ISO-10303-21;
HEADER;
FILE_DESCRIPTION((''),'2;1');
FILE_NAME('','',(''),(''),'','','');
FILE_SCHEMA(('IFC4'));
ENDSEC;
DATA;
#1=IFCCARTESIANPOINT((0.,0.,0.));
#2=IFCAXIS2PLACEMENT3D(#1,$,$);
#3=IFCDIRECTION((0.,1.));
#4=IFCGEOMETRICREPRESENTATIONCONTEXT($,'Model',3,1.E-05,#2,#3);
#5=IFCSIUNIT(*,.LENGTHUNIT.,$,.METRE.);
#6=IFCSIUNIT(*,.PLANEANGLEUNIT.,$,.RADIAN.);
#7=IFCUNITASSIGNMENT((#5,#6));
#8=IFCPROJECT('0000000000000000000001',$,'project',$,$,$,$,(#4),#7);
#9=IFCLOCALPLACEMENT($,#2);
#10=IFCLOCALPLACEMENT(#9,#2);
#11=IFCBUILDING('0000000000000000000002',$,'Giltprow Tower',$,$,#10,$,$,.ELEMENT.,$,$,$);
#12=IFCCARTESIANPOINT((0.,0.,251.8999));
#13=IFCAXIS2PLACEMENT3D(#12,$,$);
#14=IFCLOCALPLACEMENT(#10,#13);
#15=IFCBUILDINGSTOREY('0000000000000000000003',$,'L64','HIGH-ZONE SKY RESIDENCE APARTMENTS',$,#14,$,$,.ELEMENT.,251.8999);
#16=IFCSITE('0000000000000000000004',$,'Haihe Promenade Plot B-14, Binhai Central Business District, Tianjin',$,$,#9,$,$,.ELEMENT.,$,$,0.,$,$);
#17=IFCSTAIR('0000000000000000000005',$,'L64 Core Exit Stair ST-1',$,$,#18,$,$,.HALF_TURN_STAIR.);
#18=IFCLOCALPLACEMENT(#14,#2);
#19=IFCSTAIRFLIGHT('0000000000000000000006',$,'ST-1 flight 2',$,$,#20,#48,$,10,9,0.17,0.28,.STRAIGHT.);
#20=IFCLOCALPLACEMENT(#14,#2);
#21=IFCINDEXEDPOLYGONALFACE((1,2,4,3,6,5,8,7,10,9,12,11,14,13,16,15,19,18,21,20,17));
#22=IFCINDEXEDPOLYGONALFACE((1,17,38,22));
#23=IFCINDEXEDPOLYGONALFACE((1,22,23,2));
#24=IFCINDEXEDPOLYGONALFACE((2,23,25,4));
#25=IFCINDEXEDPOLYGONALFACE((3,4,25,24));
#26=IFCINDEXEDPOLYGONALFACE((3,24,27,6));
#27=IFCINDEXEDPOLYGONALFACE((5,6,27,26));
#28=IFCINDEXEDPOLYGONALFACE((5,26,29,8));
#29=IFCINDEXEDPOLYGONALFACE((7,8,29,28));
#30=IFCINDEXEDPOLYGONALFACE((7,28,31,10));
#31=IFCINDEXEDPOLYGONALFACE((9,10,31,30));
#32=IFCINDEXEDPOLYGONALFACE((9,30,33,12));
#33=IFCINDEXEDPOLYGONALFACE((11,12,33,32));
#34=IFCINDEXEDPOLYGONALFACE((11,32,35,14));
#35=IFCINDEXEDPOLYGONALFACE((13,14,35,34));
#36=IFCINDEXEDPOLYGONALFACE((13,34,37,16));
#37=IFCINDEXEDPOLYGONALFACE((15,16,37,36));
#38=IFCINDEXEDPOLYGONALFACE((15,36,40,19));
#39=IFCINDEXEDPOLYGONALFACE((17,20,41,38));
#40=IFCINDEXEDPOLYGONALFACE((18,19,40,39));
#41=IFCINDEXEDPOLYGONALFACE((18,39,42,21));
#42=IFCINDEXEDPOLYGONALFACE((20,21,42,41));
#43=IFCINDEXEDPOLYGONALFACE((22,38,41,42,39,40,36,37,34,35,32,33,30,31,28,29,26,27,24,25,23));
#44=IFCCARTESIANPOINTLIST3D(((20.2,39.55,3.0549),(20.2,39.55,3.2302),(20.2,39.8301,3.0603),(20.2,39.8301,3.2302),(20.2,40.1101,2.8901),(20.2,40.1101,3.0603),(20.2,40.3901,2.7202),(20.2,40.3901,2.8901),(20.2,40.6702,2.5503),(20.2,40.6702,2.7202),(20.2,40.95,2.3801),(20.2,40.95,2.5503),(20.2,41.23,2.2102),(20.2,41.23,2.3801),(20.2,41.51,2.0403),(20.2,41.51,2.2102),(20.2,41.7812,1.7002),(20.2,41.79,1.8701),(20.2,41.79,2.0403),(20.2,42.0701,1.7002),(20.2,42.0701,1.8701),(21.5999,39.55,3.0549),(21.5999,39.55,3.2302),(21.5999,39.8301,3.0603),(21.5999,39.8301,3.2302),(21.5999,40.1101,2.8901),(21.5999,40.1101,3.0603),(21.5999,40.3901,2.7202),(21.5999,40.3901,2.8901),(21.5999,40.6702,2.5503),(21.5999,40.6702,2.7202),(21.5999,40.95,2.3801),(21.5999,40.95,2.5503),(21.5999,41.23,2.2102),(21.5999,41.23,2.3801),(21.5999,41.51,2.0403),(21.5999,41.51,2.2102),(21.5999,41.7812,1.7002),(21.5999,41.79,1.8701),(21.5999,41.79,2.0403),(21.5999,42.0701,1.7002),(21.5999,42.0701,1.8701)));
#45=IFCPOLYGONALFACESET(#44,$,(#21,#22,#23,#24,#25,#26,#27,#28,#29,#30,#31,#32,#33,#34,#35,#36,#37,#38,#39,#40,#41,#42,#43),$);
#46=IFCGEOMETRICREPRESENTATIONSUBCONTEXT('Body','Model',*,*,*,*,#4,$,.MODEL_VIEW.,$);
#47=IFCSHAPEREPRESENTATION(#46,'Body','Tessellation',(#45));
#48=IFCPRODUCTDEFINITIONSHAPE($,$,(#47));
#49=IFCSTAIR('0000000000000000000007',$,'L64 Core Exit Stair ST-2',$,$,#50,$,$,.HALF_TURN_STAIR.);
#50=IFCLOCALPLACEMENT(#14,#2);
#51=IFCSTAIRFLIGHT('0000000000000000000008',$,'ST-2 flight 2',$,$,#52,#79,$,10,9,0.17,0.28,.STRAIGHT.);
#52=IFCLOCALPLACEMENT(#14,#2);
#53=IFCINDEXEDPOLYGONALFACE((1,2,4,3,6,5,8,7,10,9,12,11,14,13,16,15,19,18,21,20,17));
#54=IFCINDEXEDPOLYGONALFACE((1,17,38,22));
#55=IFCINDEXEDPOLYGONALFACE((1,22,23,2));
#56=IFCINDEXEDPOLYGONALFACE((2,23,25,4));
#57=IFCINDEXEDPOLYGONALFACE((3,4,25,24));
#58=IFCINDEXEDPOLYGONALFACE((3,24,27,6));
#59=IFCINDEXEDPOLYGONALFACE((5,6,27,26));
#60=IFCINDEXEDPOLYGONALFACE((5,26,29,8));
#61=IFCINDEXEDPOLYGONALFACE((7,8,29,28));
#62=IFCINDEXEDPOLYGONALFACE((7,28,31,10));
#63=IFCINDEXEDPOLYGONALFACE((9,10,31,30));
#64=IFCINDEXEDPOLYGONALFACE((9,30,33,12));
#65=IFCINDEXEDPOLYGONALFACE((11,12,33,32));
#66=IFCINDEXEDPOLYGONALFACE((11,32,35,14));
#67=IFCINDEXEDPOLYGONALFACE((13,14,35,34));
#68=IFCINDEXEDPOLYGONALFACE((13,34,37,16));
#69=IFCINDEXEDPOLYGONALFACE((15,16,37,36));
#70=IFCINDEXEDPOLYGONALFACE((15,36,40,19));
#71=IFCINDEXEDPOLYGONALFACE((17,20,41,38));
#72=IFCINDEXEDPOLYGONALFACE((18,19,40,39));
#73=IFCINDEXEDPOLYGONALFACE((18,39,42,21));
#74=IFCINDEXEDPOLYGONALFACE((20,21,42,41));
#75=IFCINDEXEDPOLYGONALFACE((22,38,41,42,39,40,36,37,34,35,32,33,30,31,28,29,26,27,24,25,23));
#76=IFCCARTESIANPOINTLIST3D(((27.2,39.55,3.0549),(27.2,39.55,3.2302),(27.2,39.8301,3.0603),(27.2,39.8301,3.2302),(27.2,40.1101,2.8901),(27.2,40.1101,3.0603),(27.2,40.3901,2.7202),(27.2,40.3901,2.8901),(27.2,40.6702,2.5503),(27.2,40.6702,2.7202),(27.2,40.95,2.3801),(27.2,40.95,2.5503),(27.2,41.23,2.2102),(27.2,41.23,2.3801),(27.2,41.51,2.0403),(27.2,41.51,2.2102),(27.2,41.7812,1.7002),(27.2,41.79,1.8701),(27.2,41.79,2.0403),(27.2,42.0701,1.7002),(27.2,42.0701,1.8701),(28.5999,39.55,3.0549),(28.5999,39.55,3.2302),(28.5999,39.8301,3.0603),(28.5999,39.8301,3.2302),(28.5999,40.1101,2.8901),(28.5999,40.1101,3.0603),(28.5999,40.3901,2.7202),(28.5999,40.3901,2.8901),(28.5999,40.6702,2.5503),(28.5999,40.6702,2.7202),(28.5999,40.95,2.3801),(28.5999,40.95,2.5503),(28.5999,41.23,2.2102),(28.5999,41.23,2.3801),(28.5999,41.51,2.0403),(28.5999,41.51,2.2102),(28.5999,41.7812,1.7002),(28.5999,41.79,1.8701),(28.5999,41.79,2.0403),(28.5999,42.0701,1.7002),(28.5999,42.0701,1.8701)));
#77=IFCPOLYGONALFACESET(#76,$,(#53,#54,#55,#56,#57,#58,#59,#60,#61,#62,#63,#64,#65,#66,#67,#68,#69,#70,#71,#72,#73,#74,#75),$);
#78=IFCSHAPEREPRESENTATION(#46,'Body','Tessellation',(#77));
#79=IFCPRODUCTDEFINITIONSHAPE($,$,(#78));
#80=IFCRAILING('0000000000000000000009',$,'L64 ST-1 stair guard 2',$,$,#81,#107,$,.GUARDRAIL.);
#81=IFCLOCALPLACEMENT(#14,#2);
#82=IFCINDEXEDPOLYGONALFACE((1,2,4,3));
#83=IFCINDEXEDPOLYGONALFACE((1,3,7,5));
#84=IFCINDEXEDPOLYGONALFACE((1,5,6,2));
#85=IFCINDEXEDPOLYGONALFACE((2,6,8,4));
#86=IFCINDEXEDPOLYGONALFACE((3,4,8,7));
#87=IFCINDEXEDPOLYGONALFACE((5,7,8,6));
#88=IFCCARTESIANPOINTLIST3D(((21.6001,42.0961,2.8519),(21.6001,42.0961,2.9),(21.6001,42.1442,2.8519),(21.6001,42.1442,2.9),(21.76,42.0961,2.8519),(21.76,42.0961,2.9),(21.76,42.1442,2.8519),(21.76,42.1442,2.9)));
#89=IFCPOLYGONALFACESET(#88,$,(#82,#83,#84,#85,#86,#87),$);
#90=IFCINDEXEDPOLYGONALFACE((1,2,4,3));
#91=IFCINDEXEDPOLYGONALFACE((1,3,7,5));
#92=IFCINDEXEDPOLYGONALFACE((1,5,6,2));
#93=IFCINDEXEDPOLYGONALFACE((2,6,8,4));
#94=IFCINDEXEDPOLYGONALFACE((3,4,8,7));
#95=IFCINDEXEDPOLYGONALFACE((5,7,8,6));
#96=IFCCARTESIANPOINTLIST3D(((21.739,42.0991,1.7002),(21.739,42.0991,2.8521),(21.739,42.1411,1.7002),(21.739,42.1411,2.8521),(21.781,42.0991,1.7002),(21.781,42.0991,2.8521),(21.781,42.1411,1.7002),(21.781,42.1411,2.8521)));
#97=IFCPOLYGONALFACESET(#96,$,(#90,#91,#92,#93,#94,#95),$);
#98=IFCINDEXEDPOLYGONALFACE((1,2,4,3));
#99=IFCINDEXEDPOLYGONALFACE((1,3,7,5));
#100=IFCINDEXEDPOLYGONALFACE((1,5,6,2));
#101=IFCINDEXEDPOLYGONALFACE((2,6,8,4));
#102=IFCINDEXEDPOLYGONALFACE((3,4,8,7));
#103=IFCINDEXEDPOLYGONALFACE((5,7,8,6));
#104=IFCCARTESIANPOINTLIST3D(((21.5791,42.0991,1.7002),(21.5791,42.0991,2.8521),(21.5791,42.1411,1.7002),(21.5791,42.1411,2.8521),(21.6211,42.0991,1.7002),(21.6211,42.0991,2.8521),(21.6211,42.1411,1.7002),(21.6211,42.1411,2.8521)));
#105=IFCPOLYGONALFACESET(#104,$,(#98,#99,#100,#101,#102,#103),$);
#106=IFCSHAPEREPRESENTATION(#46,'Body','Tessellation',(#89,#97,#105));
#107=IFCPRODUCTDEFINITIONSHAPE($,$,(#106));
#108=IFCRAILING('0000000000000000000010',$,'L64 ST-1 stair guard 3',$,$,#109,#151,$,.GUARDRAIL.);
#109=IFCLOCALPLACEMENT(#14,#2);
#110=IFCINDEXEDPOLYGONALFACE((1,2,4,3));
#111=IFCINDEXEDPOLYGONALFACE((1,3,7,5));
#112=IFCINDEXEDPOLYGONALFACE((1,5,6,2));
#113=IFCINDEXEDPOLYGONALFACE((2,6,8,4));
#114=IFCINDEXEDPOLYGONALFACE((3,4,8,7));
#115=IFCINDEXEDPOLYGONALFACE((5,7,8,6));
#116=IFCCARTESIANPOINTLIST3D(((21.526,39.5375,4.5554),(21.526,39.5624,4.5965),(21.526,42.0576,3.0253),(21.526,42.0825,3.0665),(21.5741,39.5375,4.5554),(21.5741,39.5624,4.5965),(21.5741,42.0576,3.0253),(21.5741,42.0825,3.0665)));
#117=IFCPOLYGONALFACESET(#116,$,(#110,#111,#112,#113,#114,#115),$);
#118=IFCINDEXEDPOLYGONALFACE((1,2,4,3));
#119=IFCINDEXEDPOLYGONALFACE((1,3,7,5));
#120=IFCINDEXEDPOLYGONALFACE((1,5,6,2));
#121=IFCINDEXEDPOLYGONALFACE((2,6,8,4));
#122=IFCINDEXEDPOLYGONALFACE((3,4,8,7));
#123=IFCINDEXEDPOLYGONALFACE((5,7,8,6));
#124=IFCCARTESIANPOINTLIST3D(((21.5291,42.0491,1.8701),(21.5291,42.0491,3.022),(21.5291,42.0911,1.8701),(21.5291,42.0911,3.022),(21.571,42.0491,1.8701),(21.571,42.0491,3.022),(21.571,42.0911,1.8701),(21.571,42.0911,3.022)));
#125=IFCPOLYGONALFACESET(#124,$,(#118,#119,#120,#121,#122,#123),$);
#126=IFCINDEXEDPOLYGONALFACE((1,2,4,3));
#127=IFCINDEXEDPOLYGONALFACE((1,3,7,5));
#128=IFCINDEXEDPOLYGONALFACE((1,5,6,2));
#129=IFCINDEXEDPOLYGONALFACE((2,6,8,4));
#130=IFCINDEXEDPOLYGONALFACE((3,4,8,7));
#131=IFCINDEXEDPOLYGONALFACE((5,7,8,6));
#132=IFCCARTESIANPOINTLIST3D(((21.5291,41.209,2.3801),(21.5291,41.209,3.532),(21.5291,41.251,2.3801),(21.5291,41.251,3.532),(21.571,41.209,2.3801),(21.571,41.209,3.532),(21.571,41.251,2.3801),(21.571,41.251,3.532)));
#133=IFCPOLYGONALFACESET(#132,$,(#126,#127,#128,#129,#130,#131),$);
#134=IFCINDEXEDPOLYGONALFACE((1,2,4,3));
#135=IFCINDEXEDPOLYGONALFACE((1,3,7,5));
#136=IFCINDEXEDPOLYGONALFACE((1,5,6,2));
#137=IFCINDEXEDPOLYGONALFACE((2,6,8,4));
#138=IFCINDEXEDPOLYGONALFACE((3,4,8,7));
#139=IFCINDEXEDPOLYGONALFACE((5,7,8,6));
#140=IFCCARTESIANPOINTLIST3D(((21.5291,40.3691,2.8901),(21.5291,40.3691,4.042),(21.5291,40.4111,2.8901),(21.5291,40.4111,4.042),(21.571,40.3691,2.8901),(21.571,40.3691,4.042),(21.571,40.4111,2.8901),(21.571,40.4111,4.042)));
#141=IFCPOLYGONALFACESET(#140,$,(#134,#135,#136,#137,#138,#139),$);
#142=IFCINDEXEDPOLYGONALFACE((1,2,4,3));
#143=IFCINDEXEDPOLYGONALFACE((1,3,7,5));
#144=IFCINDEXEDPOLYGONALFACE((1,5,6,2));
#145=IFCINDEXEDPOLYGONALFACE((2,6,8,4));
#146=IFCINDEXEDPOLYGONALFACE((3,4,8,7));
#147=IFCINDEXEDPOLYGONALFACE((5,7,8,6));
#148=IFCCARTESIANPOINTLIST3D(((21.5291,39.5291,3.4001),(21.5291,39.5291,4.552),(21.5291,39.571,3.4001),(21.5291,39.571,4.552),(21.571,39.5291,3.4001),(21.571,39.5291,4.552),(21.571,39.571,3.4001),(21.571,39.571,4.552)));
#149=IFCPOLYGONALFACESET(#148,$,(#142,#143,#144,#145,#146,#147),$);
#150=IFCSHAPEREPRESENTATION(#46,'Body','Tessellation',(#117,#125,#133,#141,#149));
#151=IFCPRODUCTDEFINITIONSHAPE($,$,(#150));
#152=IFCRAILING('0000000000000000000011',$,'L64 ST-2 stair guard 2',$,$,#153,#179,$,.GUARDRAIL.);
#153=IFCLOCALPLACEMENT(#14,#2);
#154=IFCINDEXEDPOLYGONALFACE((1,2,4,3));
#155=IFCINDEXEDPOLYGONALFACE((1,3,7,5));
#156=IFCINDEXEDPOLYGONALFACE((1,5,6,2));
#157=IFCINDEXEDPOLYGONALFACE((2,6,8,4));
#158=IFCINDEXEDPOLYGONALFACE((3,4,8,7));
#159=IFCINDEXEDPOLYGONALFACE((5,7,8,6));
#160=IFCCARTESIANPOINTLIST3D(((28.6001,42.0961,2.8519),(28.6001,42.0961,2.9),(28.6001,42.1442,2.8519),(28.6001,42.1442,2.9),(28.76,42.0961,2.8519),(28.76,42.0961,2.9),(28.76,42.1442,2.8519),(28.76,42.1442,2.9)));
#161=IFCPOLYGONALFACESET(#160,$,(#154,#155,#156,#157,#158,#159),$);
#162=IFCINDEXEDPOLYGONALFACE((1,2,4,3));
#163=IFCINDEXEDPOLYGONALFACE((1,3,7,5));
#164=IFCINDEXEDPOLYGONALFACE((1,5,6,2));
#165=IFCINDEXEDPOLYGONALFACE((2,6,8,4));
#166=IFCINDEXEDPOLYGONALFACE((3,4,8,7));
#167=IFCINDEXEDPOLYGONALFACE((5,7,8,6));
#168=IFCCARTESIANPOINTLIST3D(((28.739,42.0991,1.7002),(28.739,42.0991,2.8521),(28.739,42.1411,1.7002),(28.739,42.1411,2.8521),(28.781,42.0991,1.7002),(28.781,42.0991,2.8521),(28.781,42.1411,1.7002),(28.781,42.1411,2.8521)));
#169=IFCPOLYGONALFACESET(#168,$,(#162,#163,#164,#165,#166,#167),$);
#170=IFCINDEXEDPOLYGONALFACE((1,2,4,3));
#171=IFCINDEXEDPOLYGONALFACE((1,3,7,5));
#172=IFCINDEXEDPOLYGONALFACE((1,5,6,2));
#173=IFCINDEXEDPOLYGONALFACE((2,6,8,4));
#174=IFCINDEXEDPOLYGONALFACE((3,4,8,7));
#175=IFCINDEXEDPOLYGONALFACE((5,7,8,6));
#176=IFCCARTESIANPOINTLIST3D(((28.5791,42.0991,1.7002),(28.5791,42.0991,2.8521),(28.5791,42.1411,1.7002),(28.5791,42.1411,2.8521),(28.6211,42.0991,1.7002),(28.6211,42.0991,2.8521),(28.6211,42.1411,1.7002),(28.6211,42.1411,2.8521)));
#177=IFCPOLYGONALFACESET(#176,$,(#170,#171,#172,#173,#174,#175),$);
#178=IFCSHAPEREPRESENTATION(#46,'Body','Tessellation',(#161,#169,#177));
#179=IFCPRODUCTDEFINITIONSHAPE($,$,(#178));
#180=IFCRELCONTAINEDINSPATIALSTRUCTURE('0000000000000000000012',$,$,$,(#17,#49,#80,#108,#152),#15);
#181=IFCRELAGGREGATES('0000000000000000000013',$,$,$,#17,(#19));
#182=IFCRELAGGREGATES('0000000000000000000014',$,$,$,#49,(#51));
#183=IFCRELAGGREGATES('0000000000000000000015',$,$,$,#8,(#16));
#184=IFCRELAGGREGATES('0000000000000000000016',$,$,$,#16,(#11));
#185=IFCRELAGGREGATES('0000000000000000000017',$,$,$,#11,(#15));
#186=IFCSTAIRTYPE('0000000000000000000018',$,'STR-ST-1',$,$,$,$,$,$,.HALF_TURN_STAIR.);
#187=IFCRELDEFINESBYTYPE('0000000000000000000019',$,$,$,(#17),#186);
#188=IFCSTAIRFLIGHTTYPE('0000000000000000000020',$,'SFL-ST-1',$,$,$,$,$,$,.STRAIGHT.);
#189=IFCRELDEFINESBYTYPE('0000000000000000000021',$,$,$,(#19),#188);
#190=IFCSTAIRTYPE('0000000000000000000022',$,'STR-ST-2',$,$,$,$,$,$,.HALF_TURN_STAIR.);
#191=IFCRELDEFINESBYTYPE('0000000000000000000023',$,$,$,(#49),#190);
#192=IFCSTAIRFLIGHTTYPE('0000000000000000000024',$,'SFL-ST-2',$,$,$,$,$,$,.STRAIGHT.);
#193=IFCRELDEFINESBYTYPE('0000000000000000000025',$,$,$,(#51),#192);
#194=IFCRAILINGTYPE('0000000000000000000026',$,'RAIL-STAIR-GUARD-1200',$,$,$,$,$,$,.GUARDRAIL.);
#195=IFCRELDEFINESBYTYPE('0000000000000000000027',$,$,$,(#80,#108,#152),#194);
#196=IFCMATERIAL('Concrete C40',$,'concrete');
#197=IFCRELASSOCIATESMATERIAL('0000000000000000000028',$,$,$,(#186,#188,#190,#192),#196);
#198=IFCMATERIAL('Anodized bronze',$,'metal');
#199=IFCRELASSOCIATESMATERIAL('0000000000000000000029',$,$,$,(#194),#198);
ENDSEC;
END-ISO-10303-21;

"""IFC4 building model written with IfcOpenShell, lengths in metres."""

from ifc_helpers import new_model, si_unit, direction, frame, origin, origin_2d, place, context, subcontext, project, spatial, polyline, rectangle, outline, extrude, material, type_object, element, aggregate, save


model = new_model("IFC4")

# Units and contexts
model_context = context("Model", 3, precision=1e-05, world=origin(), true_north=direction((0.0, 1.0)))
body_context = subcontext(model_context, "Body", "Model", "MODEL_VIEW")
ifc_project = project(units=[si_unit("LENGTHUNIT", "METRE"), si_unit("PLANEANGLEUNIT", "RADIAN")], contexts=[model_context])

# Site, building, storey
site_placement = place(None, origin())
site = spatial("IfcSite", under=ifc_project, at=site_placement, Name="Haihe Promenade Plot B-14, Binhai Central Business District, Tianjin", CompositionType="ELEMENT", RefElevation=0.0)
building_placement = place(site_placement, origin())
building = spatial("IfcBuilding", under=site, at=building_placement, Name="Giltprow Tower", CompositionType="ELEMENT")
storey_placement = place(building_placement, frame((0.0, 0.0, 251.8999)))
storey = spatial("IfcBuildingStorey", under=building, at=storey_placement, Name="L64", Description="HIGH-ZONE SKY RESIDENCE APARTMENTS", CompositionType="ELEMENT", Elevation=251.8999)

# Shared definitions
ifc_material_1 = material(Name="Concrete C40", Category="concrete")

# Stairs, stair flights
stair_type_1 = type_object("IfcStairType", Name="STR-ST-1", PredefinedType="HALF_TURN_STAIR", material=ifc_material_1)
stair_1_placement = place(storey_placement, origin())
stair_1 = element("IfcStair", 1, at=stair_1_placement, inside=storey, type_object=stair_type_1, Name="L64 Core Exit Stair ST-1", PredefinedType="HALF_TURN_STAIR")
stair_flight_type_1 = type_object("IfcStairFlightType", Name="SFL-ST-1", PredefinedType="STRAIGHT", material=ifc_material_1)
stair_flight_1_placement = place(storey_placement, frame((20.8999, 42.0701, 1.7002), z_axis=(0.0, 0.0, 1.0), x_axis=(0.0, -1.0, 0.0)))
stair_flight_1 = element("IfcStairFlight", 2, at=stair_flight_1_placement, type_object=stair_flight_type_1, Name="ST-1 flight 2", NumberOfRisers=10, NumberOfTreads=9, PredefinedType="STRAIGHT", RiserHeight=0.17, TreadLength=0.28, context=body_context, shape_type="SweptSolid", body=[
    extrude(outline(polyline([(0.0, 0.0), (0.0, 0.1699), (0.28, 0.1699), (0.28, 0.3401), (0.5601, 0.3401), (0.5601, 0.51), (0.8401, 0.51), (0.8401, 0.6799), (1.1201, 0.6799), (1.1201, 0.8501), (1.3999, 0.8501), (1.3999, 1.02), (1.6799, 1.02), (1.6799, 1.1899), (1.96, 1.1899), (1.96, 1.3601), (2.24, 1.3601), (2.24, 1.53), (2.52, 1.53), (2.52, 1.7), (2.52, 1.3547), (0.2888, 0.0), (0.0, 0.0)])), frame((0.0, 0.7, 0.0), z_axis=(0.0, -1.0, 0.0), x_axis=(1.0, 0.0, 0.0)), (0.0, 0.0, 1.0), 1.3999),
])
aggregate(stair_1, [stair_flight_1])
stair_type_2 = type_object("IfcStairType", Name="STR-ST-2", PredefinedType="HALF_TURN_STAIR", material=ifc_material_1)
stair_2_placement = place(storey_placement, origin())
stair_2 = element("IfcStair", 3, at=stair_2_placement, inside=storey, type_object=stair_type_2, Name="L64 Core Exit Stair ST-2", PredefinedType="HALF_TURN_STAIR")
stair_flight_type_2 = type_object("IfcStairFlightType", Name="SFL-ST-2", PredefinedType="STRAIGHT", material=ifc_material_1)
stair_flight_2_placement = place(storey_placement, frame((27.8999, 42.0701, 1.7002), z_axis=(0.0, 0.0, 1.0), x_axis=(0.0, -1.0, 0.0)))
stair_flight_2 = element("IfcStairFlight", 4, at=stair_flight_2_placement, type_object=stair_flight_type_2, Name="ST-2 flight 2", NumberOfRisers=10, NumberOfTreads=9, PredefinedType="STRAIGHT", RiserHeight=0.17, TreadLength=0.28, context=body_context, shape_type="SweptSolid", body=[
    extrude(outline(polyline([(0.0, 0.0), (0.0, 0.1699), (0.28, 0.1699), (0.28, 0.3401), (0.5601, 0.3401), (0.5601, 0.51), (0.8401, 0.51), (0.8401, 0.6799), (1.1201, 0.6799), (1.1201, 0.8501), (1.3999, 0.8501), (1.3999, 1.02), (1.6799, 1.02), (1.6799, 1.1899), (1.96, 1.1899), (1.96, 1.3601), (2.24, 1.3601), (2.24, 1.53), (2.52, 1.53), (2.52, 1.7), (2.52, 1.3547), (0.2888, 0.0), (0.0, 0.0)])), frame((0.0, 0.7, 0.0), z_axis=(0.0, -1.0, 0.0), x_axis=(1.0, 0.0, 0.0)), (0.0, 0.0, 1.0), 1.3999),
])
aggregate(stair_2, [stair_flight_2])

# Railings
ifc_material_2 = material(Name="Anodized bronze", Category="metal")
railing_type_1 = type_object("IfcRailingType", Name="RAIL-STAIR-GUARD-1200", PredefinedType="GUARDRAIL", material=ifc_material_2)
railing_1_placement = place(storey_placement, frame((21.76, 42.1201, 1.7002)))
element("IfcRailing", 5, at=railing_1_placement, inside=storey, type_object=railing_type_1, Name="L64 ST-1 stair guard 2", PredefinedType="GUARDRAIL", context=body_context, shape_type="SweptSolid", body=[
    extrude(rectangle(XDim=0.0481, YDim=0.0481, at=origin_2d()), frame((0.0, 0.0, 1.1758), z_axis=(-1.0, 0.0, 0.0), x_axis=(0.0, -1.0, 0.0)), (0.0, 0.0, 1.0), 0.1599),
    extrude(rectangle(XDim=0.042, YDim=0.042, at=origin_2d()), origin(), (0.0, 0.0, 1.0), 1.1519),
    extrude(rectangle(XDim=0.042, YDim=0.042, at=origin_2d()), frame((-0.1599, 0.0, 0.0)), (0.0, 0.0, 1.0), 1.1519),
])
railing_2_placement = place(storey_placement, frame((21.55, 42.0701, 1.8701)))
element("IfcRailing", 6, at=railing_2_placement, inside=storey, type_object=railing_type_1, Name="L64 ST-1 stair guard 3", PredefinedType="GUARDRAIL", context=body_context, shape_type="SweptSolid", body=[
    extrude(rectangle(XDim=0.0481, YDim=0.0481, at=origin_2d()), frame((0.0, 0.0, 1.1758), z_axis=(0.0, -0.854785, 0.518982), x_axis=(1.0, 0.0, 0.0)), (0.0, 0.0, 1.0), 2.9482),
    extrude(rectangle(XDim=0.042, YDim=0.042, at=origin_2d()), origin(), (0.0, 0.0, 1.0), 1.1519),
    extrude(rectangle(XDim=0.042, YDim=0.042, at=origin_2d()), frame((0.0, -0.8401, 0.51)), (0.0, 0.0, 1.0), 1.1519),
    extrude(rectangle(XDim=0.042, YDim=0.042, at=origin_2d()), frame((0.0, -1.6799, 1.02)), (0.0, 0.0, 1.0), 1.1519),
    extrude(rectangle(XDim=0.042, YDim=0.042, at=origin_2d()), frame((0.0, -2.52, 1.53)), (0.0, 0.0, 1.0), 1.1519),
])
railing_3_placement = place(storey_placement, frame((28.76, 42.1201, 1.7002)))
element("IfcRailing", 7, at=railing_3_placement, inside=storey, type_object=railing_type_1, Name="L64 ST-2 stair guard 2", PredefinedType="GUARDRAIL", context=body_context, shape_type="SweptSolid", body=[
    extrude(rectangle(XDim=0.0481, YDim=0.0481, at=origin_2d()), frame((0.0, 0.0, 1.1758), z_axis=(-1.0, 0.0, 0.0), x_axis=(0.0, -1.0, 0.0)), (0.0, 0.0, 1.0), 0.1599),
    extrude(rectangle(XDim=0.042, YDim=0.042, at=origin_2d()), origin(), (0.0, 0.0, 1.0), 1.1519),
    extrude(rectangle(XDim=0.042, YDim=0.042, at=origin_2d()), frame((-0.1599, 0.0, 0.0)), (0.0, 0.0, 1.0), 1.1519),
])

save(model, "model.ifc")
